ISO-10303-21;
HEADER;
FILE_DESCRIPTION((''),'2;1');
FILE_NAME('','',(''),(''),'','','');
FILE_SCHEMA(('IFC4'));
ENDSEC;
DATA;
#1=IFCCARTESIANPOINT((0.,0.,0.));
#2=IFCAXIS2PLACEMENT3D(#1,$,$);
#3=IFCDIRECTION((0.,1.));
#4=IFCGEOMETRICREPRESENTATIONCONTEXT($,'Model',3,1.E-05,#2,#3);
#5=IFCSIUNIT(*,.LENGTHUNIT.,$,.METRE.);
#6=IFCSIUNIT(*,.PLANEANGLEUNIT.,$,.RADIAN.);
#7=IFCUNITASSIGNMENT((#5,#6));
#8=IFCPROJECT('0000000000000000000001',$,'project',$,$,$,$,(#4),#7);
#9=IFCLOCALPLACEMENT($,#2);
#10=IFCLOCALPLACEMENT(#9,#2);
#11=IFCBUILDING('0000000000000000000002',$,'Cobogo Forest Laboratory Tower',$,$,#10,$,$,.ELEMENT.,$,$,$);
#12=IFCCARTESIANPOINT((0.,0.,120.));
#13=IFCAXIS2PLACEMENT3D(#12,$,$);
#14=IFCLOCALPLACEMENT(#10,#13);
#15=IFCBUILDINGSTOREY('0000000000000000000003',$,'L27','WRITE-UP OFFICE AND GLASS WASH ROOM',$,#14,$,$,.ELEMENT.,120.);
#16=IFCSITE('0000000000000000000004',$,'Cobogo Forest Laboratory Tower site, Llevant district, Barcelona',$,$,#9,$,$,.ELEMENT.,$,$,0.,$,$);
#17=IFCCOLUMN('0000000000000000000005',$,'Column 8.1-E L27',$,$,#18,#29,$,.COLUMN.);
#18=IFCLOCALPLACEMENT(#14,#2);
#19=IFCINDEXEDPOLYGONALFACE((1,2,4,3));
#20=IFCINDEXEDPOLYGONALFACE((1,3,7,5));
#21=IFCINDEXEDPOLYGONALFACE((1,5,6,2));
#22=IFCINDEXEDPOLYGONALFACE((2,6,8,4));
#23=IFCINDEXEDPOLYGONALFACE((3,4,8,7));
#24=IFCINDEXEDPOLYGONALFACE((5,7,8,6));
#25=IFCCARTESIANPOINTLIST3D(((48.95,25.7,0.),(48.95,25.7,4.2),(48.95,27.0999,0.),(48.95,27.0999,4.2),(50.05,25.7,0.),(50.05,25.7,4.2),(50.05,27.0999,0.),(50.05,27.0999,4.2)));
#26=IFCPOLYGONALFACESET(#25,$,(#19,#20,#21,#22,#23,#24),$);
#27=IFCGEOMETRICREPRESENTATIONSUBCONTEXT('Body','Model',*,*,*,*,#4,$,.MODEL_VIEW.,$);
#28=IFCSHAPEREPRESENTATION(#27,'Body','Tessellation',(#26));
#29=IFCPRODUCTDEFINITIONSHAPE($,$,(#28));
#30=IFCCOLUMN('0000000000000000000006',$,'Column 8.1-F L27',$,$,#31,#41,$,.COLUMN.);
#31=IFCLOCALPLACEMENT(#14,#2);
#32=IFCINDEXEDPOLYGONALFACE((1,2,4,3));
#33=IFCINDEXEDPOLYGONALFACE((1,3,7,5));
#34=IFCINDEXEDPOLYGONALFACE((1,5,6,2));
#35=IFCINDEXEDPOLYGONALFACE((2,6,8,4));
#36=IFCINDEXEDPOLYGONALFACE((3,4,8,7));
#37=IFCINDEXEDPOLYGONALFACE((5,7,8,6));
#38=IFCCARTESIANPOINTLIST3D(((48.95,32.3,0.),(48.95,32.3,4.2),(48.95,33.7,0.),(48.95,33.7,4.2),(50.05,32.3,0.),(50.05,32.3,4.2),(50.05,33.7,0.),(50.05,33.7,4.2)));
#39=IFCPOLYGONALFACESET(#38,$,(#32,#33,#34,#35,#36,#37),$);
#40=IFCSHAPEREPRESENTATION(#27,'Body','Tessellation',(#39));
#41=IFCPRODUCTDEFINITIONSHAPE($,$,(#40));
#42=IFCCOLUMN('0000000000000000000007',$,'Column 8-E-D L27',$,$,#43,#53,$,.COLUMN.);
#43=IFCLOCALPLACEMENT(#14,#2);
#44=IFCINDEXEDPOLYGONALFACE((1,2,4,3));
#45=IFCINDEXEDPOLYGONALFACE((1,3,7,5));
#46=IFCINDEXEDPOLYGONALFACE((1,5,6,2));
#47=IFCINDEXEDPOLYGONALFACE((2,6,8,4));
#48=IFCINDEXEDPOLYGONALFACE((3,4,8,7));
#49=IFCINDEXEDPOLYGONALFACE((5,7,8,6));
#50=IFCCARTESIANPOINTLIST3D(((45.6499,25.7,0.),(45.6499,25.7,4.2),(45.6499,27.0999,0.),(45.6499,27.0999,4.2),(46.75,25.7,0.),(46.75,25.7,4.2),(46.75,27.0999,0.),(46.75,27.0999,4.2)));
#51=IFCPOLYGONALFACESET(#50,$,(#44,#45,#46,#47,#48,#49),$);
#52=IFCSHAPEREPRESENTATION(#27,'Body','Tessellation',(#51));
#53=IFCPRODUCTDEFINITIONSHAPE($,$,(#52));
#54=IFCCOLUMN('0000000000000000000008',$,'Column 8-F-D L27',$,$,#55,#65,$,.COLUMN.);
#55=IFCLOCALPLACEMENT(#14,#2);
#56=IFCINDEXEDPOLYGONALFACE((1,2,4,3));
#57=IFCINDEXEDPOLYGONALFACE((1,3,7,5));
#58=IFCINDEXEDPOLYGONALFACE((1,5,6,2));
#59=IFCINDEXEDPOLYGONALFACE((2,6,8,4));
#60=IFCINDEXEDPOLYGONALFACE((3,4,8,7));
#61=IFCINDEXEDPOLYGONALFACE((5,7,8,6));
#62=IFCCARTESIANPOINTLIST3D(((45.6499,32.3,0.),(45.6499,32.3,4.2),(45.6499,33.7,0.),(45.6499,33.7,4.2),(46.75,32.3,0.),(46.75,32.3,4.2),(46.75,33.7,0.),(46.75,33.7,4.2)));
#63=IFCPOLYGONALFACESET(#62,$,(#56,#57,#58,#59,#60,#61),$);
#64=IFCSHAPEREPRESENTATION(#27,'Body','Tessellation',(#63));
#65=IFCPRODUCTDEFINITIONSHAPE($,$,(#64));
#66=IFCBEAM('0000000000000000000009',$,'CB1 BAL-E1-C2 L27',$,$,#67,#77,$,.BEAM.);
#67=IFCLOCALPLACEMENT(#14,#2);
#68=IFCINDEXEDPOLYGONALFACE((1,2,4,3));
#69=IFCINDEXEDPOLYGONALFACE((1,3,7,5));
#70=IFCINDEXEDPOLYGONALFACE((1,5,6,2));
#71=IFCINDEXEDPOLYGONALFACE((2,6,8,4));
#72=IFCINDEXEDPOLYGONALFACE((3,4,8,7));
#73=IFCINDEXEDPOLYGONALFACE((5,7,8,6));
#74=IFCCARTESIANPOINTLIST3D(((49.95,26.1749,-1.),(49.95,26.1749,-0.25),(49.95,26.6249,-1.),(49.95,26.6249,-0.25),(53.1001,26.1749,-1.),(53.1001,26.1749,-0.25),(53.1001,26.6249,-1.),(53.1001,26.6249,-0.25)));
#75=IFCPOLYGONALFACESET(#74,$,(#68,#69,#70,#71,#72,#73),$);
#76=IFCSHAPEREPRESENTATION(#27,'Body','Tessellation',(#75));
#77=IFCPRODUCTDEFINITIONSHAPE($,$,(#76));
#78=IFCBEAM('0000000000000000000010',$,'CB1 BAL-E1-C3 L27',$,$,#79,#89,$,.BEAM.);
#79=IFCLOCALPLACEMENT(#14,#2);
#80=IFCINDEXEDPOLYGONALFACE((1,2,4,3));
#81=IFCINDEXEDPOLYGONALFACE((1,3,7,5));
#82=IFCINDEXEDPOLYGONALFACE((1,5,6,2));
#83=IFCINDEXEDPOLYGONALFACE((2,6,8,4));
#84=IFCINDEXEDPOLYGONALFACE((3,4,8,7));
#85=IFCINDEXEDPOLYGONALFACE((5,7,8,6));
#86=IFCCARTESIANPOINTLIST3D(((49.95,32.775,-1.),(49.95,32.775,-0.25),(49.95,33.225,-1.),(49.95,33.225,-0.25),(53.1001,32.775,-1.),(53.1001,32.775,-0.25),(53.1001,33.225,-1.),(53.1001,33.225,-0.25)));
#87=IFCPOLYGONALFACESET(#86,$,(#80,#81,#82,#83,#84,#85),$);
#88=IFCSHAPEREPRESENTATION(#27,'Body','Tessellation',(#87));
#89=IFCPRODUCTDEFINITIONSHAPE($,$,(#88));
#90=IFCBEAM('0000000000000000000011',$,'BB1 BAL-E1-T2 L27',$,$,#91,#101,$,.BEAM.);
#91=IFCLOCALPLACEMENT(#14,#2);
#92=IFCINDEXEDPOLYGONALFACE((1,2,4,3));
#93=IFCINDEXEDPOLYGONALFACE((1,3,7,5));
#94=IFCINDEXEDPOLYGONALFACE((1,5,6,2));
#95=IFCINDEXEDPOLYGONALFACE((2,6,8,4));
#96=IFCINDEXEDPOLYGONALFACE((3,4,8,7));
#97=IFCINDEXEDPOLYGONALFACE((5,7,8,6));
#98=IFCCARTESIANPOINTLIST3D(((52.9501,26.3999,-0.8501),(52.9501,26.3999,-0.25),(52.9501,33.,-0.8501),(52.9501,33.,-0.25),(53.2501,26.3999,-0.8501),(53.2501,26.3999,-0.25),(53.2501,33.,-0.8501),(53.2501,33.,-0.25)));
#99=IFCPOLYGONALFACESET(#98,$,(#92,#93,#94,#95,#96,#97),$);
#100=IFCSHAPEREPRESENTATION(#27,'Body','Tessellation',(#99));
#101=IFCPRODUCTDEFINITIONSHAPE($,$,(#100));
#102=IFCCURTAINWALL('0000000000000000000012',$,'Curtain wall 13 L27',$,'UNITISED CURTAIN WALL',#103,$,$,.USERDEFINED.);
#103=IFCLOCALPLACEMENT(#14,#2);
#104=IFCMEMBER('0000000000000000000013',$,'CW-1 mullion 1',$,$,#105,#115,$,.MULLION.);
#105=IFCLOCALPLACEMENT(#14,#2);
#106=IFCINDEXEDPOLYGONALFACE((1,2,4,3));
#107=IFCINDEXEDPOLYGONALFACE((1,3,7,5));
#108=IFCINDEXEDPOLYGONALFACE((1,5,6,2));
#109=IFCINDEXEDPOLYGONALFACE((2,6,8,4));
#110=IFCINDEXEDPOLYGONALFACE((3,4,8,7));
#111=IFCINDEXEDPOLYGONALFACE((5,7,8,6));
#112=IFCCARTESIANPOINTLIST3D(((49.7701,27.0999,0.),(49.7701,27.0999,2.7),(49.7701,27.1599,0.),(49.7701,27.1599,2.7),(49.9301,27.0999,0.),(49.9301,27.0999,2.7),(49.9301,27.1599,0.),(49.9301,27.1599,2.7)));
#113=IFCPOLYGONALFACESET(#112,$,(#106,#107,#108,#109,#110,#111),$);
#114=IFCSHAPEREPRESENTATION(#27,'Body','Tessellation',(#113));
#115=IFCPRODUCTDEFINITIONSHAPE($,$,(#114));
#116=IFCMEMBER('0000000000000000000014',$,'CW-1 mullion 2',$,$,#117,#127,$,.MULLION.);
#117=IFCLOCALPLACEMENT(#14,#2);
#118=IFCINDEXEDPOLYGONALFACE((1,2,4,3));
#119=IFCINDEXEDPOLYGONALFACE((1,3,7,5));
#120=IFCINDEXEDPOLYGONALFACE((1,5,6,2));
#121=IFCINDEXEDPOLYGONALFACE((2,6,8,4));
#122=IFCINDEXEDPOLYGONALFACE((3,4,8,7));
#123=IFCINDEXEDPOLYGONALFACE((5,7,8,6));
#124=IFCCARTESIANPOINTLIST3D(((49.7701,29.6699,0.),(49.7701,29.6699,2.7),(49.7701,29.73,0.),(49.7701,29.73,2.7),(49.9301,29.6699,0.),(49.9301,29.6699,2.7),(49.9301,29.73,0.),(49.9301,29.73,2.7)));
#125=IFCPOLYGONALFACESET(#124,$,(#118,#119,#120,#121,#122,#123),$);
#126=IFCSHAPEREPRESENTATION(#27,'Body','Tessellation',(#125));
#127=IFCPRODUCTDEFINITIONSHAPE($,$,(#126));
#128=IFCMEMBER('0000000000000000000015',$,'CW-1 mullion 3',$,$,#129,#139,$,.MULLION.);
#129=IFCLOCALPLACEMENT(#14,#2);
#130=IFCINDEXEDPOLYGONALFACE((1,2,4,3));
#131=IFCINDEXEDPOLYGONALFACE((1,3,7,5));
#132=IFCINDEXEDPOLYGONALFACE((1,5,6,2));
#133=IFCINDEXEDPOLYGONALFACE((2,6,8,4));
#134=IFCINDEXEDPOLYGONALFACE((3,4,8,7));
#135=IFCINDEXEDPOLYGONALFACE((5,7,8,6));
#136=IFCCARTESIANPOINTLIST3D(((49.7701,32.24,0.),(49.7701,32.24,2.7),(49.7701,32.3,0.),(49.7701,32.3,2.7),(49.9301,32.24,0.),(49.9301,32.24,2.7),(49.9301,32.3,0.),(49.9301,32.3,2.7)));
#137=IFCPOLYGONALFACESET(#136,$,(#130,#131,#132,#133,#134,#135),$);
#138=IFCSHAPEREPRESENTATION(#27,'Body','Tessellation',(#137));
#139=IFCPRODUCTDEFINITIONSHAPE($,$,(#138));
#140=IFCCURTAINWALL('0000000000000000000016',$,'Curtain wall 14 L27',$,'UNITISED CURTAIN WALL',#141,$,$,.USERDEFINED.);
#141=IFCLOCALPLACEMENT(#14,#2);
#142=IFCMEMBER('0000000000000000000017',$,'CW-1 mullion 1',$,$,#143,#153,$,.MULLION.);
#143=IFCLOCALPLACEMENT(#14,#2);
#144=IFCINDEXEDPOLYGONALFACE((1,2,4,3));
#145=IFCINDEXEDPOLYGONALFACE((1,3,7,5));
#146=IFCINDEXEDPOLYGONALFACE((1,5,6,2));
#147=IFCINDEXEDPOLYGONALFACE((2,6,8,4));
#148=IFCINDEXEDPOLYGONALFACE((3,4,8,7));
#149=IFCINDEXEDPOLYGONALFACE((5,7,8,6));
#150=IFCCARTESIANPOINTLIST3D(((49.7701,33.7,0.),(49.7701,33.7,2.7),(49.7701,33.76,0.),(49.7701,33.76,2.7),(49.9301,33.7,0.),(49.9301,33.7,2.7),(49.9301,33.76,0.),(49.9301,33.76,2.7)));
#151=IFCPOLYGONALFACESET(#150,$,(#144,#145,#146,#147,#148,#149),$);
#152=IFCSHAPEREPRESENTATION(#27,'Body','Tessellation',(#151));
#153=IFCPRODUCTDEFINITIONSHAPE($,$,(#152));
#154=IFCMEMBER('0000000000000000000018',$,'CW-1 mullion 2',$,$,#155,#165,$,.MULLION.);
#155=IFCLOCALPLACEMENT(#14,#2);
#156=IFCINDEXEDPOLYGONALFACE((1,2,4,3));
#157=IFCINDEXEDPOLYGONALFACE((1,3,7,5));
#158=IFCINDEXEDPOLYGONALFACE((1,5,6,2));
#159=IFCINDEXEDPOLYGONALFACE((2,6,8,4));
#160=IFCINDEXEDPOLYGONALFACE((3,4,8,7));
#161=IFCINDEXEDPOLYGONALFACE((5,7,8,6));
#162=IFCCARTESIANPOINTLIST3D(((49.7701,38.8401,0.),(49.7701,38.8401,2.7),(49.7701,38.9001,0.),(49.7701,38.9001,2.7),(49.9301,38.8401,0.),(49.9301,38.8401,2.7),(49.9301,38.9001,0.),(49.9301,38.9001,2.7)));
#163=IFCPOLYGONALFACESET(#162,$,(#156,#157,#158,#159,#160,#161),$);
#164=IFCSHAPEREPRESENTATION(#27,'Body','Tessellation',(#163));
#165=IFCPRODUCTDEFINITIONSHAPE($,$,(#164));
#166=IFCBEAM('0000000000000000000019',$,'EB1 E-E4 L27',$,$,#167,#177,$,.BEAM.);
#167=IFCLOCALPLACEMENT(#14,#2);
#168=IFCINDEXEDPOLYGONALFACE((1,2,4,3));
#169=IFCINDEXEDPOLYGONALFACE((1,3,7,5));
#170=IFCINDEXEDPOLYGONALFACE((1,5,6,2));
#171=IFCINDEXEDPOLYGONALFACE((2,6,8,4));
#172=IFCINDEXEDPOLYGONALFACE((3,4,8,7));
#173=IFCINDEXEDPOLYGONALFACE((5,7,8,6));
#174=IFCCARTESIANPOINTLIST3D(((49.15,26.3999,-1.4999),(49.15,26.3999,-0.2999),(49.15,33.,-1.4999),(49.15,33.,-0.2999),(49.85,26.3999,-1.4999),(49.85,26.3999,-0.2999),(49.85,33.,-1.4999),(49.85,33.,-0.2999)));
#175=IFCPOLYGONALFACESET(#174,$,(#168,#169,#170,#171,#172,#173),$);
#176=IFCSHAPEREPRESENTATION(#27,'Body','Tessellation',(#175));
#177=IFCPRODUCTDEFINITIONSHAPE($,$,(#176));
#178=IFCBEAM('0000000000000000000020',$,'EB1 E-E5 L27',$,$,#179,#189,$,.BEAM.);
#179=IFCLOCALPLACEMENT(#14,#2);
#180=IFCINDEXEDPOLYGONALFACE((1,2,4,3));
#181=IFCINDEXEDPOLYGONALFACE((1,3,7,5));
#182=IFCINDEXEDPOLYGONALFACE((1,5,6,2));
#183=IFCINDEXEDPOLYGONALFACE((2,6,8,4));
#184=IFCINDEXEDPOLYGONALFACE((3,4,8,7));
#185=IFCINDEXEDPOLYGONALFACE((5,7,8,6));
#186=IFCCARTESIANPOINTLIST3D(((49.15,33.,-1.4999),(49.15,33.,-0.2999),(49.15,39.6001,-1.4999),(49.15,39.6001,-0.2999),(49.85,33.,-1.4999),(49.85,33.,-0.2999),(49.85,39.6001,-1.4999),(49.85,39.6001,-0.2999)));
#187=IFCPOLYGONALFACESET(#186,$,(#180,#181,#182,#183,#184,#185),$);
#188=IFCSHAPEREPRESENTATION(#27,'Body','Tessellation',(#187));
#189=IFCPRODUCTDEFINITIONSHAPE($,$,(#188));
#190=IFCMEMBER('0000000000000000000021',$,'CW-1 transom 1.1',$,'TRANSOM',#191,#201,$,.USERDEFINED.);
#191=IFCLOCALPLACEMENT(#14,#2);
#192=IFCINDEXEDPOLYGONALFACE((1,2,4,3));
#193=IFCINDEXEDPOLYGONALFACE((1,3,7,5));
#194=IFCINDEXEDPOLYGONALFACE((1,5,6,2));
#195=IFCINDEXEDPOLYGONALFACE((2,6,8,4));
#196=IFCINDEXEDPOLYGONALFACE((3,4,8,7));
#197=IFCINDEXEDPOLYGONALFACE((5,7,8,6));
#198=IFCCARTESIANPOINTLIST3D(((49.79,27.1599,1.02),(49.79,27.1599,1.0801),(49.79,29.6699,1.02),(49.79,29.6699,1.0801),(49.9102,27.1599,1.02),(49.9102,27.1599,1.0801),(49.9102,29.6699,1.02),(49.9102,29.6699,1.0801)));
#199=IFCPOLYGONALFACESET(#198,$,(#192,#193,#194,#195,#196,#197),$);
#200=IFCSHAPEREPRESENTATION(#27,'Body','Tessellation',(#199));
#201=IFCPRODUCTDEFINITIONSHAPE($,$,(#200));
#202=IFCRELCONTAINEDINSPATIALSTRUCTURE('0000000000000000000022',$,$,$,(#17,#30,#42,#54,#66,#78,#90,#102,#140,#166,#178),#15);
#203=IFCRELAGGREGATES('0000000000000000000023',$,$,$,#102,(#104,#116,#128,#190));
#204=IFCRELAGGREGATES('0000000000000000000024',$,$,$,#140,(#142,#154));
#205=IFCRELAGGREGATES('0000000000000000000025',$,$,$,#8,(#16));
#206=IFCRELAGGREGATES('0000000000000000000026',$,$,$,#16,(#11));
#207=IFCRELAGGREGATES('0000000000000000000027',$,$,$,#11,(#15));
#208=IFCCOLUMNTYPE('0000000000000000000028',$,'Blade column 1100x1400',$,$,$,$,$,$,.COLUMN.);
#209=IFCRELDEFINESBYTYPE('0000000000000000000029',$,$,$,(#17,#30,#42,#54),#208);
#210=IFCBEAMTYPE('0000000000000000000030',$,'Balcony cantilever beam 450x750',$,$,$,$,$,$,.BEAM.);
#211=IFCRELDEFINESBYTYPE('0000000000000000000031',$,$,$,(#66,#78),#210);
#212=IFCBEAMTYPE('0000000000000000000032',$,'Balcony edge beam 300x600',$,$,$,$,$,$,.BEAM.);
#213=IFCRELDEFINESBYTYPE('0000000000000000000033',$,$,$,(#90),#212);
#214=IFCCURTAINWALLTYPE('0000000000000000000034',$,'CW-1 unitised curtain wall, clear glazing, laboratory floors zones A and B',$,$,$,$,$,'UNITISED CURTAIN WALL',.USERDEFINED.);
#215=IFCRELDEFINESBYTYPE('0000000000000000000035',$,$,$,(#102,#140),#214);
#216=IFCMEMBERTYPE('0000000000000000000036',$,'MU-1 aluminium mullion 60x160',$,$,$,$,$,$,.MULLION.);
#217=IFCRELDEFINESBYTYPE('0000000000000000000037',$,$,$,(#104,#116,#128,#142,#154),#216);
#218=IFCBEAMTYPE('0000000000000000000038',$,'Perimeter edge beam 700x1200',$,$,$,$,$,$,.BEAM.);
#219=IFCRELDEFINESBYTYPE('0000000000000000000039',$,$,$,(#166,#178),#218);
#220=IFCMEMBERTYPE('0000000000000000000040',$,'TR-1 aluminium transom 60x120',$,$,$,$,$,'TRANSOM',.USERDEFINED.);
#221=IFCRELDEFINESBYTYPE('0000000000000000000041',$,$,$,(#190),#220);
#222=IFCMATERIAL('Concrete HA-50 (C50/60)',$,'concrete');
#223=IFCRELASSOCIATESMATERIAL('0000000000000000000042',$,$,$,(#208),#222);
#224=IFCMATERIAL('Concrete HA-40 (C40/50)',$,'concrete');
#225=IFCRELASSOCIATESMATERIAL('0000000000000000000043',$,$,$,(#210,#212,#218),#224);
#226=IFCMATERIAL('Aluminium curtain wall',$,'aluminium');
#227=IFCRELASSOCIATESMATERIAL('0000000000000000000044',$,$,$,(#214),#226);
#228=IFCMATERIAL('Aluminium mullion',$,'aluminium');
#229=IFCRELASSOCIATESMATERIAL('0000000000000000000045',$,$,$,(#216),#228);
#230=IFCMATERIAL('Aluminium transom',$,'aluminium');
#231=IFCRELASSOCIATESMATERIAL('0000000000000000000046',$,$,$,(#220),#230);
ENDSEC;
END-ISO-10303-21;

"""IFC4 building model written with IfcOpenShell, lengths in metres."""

from ifc_helpers import new_model, si_unit, direction, frame, origin, origin_2d, place, context, subcontext, project, spatial, rectangle, extrude, material, material_profile, profile_set, type_object, element, aggregate, save


model = new_model("IFC4")

# Units and contexts
model_context = context("Model", 3, precision=1e-05, world=origin(), true_north=direction((0.0, 1.0)))
body_context = subcontext(model_context, "Body", "Model", "MODEL_VIEW")
ifc_project = project(units=[si_unit("LENGTHUNIT", "METRE"), si_unit("PLANEANGLEUNIT", "RADIAN")], contexts=[model_context])

# Site, building, storey
site_placement = place(None, origin())
site = spatial("IfcSite", under=ifc_project, at=site_placement, Name="Cobogo Forest Laboratory Tower site, Llevant district, Barcelona", CompositionType="ELEMENT", RefElevation=0.0)
building_placement = place(site_placement, origin())
building = spatial("IfcBuilding", under=site, at=building_placement, Name="Cobogo Forest Laboratory Tower", CompositionType="ELEMENT")
storey_placement = place(building_placement, frame((0.0, 0.0, 120.0)))
storey = spatial("IfcBuildingStorey", under=building, at=storey_placement, Name="L27", Description="WRITE-UP OFFICE AND GLASS WASH ROOM", CompositionType="ELEMENT", Elevation=120.0)

# Columns
ifc_material_1 = material(Name="Concrete HA-50 (C50/60)", Category="concrete")
ifc_material_profile_1 = material_profile(ifc_material_1, rectangle(XDim=1.3999, YDim=1.1001, at=origin_2d()), Name="RC 1100x1400")
ifc_profile_set_1 = profile_set([ifc_material_profile_1], Name="Concrete HA-50 (C50/60)")
column_type = type_object("IfcColumnType", Name="Blade column 1100x1400", PredefinedType="COLUMN", material=ifc_profile_set_1)
for number, where, z_axis, x_axis, name in (
    (1, (49.5, 26.3999, 0.0), (0.0, 0.0, 1.0), (0.0, 1.0, 0.0), "Column 8.1-E L27"),
    (2, (49.5, 33.0, 0.0), (0.0, 0.0, 1.0), (0.0, 1.0, 0.0), "Column 8.1-F L27"),
    (3, (46.2, 26.3999, 0.0), (0.0, 0.0, 1.0), (0.0, 1.0, 0.0), "Column 8-E-D L27"),
    (4, (46.2, 33.0, 0.0), (0.0, 0.0, 1.0), (0.0, 1.0, 0.0), "Column 8-F-D L27"),
):
    element("IfcColumn", number, at=place(storey_placement, frame(where, z_axis=z_axis, x_axis=x_axis)), inside=storey, type_object=column_type, Name=name, PredefinedType="COLUMN", context=body_context, shape_type="SweptSolid", body=[
        extrude(rectangle(XDim=1.3999, YDim=1.1001, at=origin_2d()), origin(), (0.0, 0.0, 1.0), 4.2),
    ])

# Beams
ifc_material_2 = material(Name="Concrete HA-40 (C40/50)", Category="concrete")
ifc_material_profile_2 = material_profile(ifc_material_2, rectangle(XDim=0.45, YDim=0.75, at=origin_2d()), Name="RC 450x750")
ifc_profile_set_2 = profile_set([ifc_material_profile_2], Name="Concrete HA-40 (C40/50)")
beam_type_1 = type_object("IfcBeamType", Name="Balcony cantilever beam 450x750", PredefinedType="BEAM", material=ifc_profile_set_2)
for number, where, z_axis, x_axis, name in (
    (5, (49.95, 26.3999, -0.625), (1.0, 0.0, 0.0), (0.0, 1.0, 0.0), "CB1 BAL-E1-C2 L27"),
    (6, (49.95, 33.0, -0.625), (1.0, 0.0, 0.0), (0.0, 1.0, 0.0), "CB1 BAL-E1-C3 L27"),
):
    element("IfcBeam", number, at=place(storey_placement, frame(where, z_axis=z_axis, x_axis=x_axis)), inside=storey, type_object=beam_type_1, Name=name, PredefinedType="BEAM", context=body_context, shape_type="SweptSolid", body=[
        extrude(rectangle(XDim=0.45, YDim=0.75, at=origin_2d()), origin(), (0.0, 0.0, 1.0), 3.1501),
    ])
ifc_material_profile_3 = material_profile(ifc_material_2, rectangle(XDim=0.3, YDim=0.6001, at=origin_2d()), Name="RC 300x600")
ifc_profile_set_3 = profile_set([ifc_material_profile_3], Name="Concrete HA-40 (C40/50)")
beam_type_2 = type_object("IfcBeamType", Name="Balcony edge beam 300x600", PredefinedType="BEAM", material=ifc_profile_set_3)
beam_placement = place(storey_placement, frame((53.1001, 26.3999, -0.55), z_axis=(0.0, 1.0, 0.0), x_axis=(-1.0, 0.0, 0.0)))
element("IfcBeam", 7, at=beam_placement, inside=storey, type_object=beam_type_2, Name="BB1 BAL-E1-T2 L27", PredefinedType="BEAM", context=body_context, shape_type="SweptSolid", body=[
    extrude(rectangle(XDim=0.3, YDim=0.6001, at=origin_2d()), origin(), (0.0, 0.0, 1.0), 6.6001),
])

# Curtain walls, members
ifc_material_3 = material(Name="Aluminium curtain wall", Category="aluminium")
curtain_wall_type = type_object("IfcCurtainWallType", Name="CW-1 unitised curtain wall, clear glazing, laboratory floors zones A and B", ElementType="UNITISED CURTAIN WALL", PredefinedType="USERDEFINED", material=ifc_material_3)
curtain_wall_1_placement = place(storey_placement, origin())
curtain_wall_1 = element("IfcCurtainWall", 8, at=curtain_wall_1_placement, inside=storey, type_object=curtain_wall_type, Name="Curtain wall 13 L27", ObjectType="UNITISED CURTAIN WALL", PredefinedType="USERDEFINED")
ifc_material_4 = material(Name="Aluminium mullion", Category="aluminium")
ifc_material_profile_4 = material_profile(ifc_material_4, rectangle(XDim=0.0601, YDim=0.1599, at=origin_2d()), Name="AL 60x160")
ifc_profile_set_4 = profile_set([ifc_material_profile_4], Name="Aluminium mullion")
member_type_1 = type_object("IfcMemberType", Name="MU-1 aluminium mullion 60x160", PredefinedType="MULLION", material=ifc_profile_set_4)
member_1_placement = place(storey_placement, frame((49.8501, 27.1299, 0.0), z_axis=(0.0, 0.0, 1.0), x_axis=(0.0, 1.0, 0.0)))
member_1 = element("IfcMember", 9, at=member_1_placement, type_object=member_type_1, Name="CW-1 mullion 1", PredefinedType="MULLION", context=body_context, shape_type="SweptSolid", body=[
    extrude(rectangle(XDim=0.0601, YDim=0.1599, at=origin_2d()), origin(), (0.0, 0.0, 1.0), 2.7),
])
member_2_placement = place(storey_placement, frame((49.8501, 29.7, 0.0), z_axis=(0.0, 0.0, 1.0), x_axis=(0.0, 1.0, 0.0)))
member_2 = element("IfcMember", 10, at=member_2_placement, type_object=member_type_1, Name="CW-1 mullion 2", PredefinedType="MULLION", context=body_context, shape_type="SweptSolid", body=[
    extrude(rectangle(XDim=0.0601, YDim=0.1599, at=origin_2d()), origin(), (0.0, 0.0, 1.0), 2.7),
])
member_3_placement = place(storey_placement, frame((49.8501, 32.27, 0.0), z_axis=(0.0, 0.0, 1.0), x_axis=(0.0, 1.0, 0.0)))
member_3 = element("IfcMember", 11, at=member_3_placement, type_object=member_type_1, Name="CW-1 mullion 3", PredefinedType="MULLION", context=body_context, shape_type="SweptSolid", body=[
    extrude(rectangle(XDim=0.0601, YDim=0.1599, at=origin_2d()), origin(), (0.0, 0.0, 1.0), 2.7),
])
curtain_wall_2_placement = place(storey_placement, origin())
curtain_wall_2 = element("IfcCurtainWall", 12, at=curtain_wall_2_placement, inside=storey, type_object=curtain_wall_type, Name="Curtain wall 14 L27", ObjectType="UNITISED CURTAIN WALL", PredefinedType="USERDEFINED")
member_4_placement = place(storey_placement, frame((49.8501, 33.73, 0.0), z_axis=(0.0, 0.0, 1.0), x_axis=(0.0, 1.0, 0.0)))
member_4 = element("IfcMember", 13, at=member_4_placement, type_object=member_type_1, Name="CW-1 mullion 1", PredefinedType="MULLION", context=body_context, shape_type="SweptSolid", body=[
    extrude(rectangle(XDim=0.0601, YDim=0.1599, at=origin_2d()), origin(), (0.0, 0.0, 1.0), 2.7),
])
member_5_placement = place(storey_placement, frame((49.8501, 38.8701, 0.0), z_axis=(0.0, 0.0, 1.0), x_axis=(0.0, 1.0, 0.0)))
member_5 = element("IfcMember", 14, at=member_5_placement, type_object=member_type_1, Name="CW-1 mullion 2", PredefinedType="MULLION", context=body_context, shape_type="SweptSolid", body=[
    extrude(rectangle(XDim=0.0601, YDim=0.1599, at=origin_2d()), origin(), (0.0, 0.0, 1.0), 2.7),
])

# Beams
ifc_material_profile_5 = material_profile(ifc_material_2, rectangle(XDim=0.7, YDim=1.2, at=origin_2d()), Name="RC 700x1200")
ifc_profile_set_5 = profile_set([ifc_material_profile_5], Name="Concrete HA-40 (C40/50)")
beam_type_3 = type_object("IfcBeamType", Name="Perimeter edge beam 700x1200", PredefinedType="BEAM", material=ifc_profile_set_5)
for number, where, z_axis, x_axis, name in (
    (15, (49.5, 26.3999, -0.8999), (0.0, 1.0, 0.0), (-1.0, 0.0, 0.0), "EB1 E-E4 L27"),
    (16, (49.5, 33.0, -0.8999), (0.0, 1.0, 0.0), (-1.0, 0.0, 0.0), "EB1 E-E5 L27"),
):
    element("IfcBeam", number, at=place(storey_placement, frame(where, z_axis=z_axis, x_axis=x_axis)), inside=storey, type_object=beam_type_3, Name=name, PredefinedType="BEAM", context=body_context, shape_type="SweptSolid", body=[
        extrude(rectangle(XDim=0.7, YDim=1.2, at=origin_2d()), origin(), (0.0, 0.0, 1.0), 6.6001),
    ])

# Member
ifc_material_5 = material(Name="Aluminium transom", Category="aluminium")
ifc_material_profile_6 = material_profile(ifc_material_5, rectangle(XDim=0.1201, YDim=0.0601, at=origin_2d()), Name="AL 60x120")
ifc_profile_set_6 = profile_set([ifc_material_profile_6], Name="Aluminium transom")
member_type_2 = type_object("IfcMemberType", Name="TR-1 aluminium transom 60x120", ElementType="TRANSOM", PredefinedType="USERDEFINED", material=ifc_profile_set_6)
member_6_placement = place(storey_placement, frame((49.8501, 27.1599, 1.05), z_axis=(0.0, 1.0, 0.0), x_axis=(-1.0, 0.0, 0.0)))
member_6 = element("IfcMember", 17, at=member_6_placement, type_object=member_type_2, Name="CW-1 transom 1.1", ObjectType="TRANSOM", PredefinedType="USERDEFINED", context=body_context, shape_type="SweptSolid", body=[
    extrude(rectangle(XDim=0.1201, YDim=0.0601, at=origin_2d()), origin(), (0.0, 0.0, 1.0), 2.51),
])

aggregate(curtain_wall_1, [member_1, member_2, member_3, member_6])
aggregate(curtain_wall_2, [member_4, member_5])

save(model, "model.ifc")
